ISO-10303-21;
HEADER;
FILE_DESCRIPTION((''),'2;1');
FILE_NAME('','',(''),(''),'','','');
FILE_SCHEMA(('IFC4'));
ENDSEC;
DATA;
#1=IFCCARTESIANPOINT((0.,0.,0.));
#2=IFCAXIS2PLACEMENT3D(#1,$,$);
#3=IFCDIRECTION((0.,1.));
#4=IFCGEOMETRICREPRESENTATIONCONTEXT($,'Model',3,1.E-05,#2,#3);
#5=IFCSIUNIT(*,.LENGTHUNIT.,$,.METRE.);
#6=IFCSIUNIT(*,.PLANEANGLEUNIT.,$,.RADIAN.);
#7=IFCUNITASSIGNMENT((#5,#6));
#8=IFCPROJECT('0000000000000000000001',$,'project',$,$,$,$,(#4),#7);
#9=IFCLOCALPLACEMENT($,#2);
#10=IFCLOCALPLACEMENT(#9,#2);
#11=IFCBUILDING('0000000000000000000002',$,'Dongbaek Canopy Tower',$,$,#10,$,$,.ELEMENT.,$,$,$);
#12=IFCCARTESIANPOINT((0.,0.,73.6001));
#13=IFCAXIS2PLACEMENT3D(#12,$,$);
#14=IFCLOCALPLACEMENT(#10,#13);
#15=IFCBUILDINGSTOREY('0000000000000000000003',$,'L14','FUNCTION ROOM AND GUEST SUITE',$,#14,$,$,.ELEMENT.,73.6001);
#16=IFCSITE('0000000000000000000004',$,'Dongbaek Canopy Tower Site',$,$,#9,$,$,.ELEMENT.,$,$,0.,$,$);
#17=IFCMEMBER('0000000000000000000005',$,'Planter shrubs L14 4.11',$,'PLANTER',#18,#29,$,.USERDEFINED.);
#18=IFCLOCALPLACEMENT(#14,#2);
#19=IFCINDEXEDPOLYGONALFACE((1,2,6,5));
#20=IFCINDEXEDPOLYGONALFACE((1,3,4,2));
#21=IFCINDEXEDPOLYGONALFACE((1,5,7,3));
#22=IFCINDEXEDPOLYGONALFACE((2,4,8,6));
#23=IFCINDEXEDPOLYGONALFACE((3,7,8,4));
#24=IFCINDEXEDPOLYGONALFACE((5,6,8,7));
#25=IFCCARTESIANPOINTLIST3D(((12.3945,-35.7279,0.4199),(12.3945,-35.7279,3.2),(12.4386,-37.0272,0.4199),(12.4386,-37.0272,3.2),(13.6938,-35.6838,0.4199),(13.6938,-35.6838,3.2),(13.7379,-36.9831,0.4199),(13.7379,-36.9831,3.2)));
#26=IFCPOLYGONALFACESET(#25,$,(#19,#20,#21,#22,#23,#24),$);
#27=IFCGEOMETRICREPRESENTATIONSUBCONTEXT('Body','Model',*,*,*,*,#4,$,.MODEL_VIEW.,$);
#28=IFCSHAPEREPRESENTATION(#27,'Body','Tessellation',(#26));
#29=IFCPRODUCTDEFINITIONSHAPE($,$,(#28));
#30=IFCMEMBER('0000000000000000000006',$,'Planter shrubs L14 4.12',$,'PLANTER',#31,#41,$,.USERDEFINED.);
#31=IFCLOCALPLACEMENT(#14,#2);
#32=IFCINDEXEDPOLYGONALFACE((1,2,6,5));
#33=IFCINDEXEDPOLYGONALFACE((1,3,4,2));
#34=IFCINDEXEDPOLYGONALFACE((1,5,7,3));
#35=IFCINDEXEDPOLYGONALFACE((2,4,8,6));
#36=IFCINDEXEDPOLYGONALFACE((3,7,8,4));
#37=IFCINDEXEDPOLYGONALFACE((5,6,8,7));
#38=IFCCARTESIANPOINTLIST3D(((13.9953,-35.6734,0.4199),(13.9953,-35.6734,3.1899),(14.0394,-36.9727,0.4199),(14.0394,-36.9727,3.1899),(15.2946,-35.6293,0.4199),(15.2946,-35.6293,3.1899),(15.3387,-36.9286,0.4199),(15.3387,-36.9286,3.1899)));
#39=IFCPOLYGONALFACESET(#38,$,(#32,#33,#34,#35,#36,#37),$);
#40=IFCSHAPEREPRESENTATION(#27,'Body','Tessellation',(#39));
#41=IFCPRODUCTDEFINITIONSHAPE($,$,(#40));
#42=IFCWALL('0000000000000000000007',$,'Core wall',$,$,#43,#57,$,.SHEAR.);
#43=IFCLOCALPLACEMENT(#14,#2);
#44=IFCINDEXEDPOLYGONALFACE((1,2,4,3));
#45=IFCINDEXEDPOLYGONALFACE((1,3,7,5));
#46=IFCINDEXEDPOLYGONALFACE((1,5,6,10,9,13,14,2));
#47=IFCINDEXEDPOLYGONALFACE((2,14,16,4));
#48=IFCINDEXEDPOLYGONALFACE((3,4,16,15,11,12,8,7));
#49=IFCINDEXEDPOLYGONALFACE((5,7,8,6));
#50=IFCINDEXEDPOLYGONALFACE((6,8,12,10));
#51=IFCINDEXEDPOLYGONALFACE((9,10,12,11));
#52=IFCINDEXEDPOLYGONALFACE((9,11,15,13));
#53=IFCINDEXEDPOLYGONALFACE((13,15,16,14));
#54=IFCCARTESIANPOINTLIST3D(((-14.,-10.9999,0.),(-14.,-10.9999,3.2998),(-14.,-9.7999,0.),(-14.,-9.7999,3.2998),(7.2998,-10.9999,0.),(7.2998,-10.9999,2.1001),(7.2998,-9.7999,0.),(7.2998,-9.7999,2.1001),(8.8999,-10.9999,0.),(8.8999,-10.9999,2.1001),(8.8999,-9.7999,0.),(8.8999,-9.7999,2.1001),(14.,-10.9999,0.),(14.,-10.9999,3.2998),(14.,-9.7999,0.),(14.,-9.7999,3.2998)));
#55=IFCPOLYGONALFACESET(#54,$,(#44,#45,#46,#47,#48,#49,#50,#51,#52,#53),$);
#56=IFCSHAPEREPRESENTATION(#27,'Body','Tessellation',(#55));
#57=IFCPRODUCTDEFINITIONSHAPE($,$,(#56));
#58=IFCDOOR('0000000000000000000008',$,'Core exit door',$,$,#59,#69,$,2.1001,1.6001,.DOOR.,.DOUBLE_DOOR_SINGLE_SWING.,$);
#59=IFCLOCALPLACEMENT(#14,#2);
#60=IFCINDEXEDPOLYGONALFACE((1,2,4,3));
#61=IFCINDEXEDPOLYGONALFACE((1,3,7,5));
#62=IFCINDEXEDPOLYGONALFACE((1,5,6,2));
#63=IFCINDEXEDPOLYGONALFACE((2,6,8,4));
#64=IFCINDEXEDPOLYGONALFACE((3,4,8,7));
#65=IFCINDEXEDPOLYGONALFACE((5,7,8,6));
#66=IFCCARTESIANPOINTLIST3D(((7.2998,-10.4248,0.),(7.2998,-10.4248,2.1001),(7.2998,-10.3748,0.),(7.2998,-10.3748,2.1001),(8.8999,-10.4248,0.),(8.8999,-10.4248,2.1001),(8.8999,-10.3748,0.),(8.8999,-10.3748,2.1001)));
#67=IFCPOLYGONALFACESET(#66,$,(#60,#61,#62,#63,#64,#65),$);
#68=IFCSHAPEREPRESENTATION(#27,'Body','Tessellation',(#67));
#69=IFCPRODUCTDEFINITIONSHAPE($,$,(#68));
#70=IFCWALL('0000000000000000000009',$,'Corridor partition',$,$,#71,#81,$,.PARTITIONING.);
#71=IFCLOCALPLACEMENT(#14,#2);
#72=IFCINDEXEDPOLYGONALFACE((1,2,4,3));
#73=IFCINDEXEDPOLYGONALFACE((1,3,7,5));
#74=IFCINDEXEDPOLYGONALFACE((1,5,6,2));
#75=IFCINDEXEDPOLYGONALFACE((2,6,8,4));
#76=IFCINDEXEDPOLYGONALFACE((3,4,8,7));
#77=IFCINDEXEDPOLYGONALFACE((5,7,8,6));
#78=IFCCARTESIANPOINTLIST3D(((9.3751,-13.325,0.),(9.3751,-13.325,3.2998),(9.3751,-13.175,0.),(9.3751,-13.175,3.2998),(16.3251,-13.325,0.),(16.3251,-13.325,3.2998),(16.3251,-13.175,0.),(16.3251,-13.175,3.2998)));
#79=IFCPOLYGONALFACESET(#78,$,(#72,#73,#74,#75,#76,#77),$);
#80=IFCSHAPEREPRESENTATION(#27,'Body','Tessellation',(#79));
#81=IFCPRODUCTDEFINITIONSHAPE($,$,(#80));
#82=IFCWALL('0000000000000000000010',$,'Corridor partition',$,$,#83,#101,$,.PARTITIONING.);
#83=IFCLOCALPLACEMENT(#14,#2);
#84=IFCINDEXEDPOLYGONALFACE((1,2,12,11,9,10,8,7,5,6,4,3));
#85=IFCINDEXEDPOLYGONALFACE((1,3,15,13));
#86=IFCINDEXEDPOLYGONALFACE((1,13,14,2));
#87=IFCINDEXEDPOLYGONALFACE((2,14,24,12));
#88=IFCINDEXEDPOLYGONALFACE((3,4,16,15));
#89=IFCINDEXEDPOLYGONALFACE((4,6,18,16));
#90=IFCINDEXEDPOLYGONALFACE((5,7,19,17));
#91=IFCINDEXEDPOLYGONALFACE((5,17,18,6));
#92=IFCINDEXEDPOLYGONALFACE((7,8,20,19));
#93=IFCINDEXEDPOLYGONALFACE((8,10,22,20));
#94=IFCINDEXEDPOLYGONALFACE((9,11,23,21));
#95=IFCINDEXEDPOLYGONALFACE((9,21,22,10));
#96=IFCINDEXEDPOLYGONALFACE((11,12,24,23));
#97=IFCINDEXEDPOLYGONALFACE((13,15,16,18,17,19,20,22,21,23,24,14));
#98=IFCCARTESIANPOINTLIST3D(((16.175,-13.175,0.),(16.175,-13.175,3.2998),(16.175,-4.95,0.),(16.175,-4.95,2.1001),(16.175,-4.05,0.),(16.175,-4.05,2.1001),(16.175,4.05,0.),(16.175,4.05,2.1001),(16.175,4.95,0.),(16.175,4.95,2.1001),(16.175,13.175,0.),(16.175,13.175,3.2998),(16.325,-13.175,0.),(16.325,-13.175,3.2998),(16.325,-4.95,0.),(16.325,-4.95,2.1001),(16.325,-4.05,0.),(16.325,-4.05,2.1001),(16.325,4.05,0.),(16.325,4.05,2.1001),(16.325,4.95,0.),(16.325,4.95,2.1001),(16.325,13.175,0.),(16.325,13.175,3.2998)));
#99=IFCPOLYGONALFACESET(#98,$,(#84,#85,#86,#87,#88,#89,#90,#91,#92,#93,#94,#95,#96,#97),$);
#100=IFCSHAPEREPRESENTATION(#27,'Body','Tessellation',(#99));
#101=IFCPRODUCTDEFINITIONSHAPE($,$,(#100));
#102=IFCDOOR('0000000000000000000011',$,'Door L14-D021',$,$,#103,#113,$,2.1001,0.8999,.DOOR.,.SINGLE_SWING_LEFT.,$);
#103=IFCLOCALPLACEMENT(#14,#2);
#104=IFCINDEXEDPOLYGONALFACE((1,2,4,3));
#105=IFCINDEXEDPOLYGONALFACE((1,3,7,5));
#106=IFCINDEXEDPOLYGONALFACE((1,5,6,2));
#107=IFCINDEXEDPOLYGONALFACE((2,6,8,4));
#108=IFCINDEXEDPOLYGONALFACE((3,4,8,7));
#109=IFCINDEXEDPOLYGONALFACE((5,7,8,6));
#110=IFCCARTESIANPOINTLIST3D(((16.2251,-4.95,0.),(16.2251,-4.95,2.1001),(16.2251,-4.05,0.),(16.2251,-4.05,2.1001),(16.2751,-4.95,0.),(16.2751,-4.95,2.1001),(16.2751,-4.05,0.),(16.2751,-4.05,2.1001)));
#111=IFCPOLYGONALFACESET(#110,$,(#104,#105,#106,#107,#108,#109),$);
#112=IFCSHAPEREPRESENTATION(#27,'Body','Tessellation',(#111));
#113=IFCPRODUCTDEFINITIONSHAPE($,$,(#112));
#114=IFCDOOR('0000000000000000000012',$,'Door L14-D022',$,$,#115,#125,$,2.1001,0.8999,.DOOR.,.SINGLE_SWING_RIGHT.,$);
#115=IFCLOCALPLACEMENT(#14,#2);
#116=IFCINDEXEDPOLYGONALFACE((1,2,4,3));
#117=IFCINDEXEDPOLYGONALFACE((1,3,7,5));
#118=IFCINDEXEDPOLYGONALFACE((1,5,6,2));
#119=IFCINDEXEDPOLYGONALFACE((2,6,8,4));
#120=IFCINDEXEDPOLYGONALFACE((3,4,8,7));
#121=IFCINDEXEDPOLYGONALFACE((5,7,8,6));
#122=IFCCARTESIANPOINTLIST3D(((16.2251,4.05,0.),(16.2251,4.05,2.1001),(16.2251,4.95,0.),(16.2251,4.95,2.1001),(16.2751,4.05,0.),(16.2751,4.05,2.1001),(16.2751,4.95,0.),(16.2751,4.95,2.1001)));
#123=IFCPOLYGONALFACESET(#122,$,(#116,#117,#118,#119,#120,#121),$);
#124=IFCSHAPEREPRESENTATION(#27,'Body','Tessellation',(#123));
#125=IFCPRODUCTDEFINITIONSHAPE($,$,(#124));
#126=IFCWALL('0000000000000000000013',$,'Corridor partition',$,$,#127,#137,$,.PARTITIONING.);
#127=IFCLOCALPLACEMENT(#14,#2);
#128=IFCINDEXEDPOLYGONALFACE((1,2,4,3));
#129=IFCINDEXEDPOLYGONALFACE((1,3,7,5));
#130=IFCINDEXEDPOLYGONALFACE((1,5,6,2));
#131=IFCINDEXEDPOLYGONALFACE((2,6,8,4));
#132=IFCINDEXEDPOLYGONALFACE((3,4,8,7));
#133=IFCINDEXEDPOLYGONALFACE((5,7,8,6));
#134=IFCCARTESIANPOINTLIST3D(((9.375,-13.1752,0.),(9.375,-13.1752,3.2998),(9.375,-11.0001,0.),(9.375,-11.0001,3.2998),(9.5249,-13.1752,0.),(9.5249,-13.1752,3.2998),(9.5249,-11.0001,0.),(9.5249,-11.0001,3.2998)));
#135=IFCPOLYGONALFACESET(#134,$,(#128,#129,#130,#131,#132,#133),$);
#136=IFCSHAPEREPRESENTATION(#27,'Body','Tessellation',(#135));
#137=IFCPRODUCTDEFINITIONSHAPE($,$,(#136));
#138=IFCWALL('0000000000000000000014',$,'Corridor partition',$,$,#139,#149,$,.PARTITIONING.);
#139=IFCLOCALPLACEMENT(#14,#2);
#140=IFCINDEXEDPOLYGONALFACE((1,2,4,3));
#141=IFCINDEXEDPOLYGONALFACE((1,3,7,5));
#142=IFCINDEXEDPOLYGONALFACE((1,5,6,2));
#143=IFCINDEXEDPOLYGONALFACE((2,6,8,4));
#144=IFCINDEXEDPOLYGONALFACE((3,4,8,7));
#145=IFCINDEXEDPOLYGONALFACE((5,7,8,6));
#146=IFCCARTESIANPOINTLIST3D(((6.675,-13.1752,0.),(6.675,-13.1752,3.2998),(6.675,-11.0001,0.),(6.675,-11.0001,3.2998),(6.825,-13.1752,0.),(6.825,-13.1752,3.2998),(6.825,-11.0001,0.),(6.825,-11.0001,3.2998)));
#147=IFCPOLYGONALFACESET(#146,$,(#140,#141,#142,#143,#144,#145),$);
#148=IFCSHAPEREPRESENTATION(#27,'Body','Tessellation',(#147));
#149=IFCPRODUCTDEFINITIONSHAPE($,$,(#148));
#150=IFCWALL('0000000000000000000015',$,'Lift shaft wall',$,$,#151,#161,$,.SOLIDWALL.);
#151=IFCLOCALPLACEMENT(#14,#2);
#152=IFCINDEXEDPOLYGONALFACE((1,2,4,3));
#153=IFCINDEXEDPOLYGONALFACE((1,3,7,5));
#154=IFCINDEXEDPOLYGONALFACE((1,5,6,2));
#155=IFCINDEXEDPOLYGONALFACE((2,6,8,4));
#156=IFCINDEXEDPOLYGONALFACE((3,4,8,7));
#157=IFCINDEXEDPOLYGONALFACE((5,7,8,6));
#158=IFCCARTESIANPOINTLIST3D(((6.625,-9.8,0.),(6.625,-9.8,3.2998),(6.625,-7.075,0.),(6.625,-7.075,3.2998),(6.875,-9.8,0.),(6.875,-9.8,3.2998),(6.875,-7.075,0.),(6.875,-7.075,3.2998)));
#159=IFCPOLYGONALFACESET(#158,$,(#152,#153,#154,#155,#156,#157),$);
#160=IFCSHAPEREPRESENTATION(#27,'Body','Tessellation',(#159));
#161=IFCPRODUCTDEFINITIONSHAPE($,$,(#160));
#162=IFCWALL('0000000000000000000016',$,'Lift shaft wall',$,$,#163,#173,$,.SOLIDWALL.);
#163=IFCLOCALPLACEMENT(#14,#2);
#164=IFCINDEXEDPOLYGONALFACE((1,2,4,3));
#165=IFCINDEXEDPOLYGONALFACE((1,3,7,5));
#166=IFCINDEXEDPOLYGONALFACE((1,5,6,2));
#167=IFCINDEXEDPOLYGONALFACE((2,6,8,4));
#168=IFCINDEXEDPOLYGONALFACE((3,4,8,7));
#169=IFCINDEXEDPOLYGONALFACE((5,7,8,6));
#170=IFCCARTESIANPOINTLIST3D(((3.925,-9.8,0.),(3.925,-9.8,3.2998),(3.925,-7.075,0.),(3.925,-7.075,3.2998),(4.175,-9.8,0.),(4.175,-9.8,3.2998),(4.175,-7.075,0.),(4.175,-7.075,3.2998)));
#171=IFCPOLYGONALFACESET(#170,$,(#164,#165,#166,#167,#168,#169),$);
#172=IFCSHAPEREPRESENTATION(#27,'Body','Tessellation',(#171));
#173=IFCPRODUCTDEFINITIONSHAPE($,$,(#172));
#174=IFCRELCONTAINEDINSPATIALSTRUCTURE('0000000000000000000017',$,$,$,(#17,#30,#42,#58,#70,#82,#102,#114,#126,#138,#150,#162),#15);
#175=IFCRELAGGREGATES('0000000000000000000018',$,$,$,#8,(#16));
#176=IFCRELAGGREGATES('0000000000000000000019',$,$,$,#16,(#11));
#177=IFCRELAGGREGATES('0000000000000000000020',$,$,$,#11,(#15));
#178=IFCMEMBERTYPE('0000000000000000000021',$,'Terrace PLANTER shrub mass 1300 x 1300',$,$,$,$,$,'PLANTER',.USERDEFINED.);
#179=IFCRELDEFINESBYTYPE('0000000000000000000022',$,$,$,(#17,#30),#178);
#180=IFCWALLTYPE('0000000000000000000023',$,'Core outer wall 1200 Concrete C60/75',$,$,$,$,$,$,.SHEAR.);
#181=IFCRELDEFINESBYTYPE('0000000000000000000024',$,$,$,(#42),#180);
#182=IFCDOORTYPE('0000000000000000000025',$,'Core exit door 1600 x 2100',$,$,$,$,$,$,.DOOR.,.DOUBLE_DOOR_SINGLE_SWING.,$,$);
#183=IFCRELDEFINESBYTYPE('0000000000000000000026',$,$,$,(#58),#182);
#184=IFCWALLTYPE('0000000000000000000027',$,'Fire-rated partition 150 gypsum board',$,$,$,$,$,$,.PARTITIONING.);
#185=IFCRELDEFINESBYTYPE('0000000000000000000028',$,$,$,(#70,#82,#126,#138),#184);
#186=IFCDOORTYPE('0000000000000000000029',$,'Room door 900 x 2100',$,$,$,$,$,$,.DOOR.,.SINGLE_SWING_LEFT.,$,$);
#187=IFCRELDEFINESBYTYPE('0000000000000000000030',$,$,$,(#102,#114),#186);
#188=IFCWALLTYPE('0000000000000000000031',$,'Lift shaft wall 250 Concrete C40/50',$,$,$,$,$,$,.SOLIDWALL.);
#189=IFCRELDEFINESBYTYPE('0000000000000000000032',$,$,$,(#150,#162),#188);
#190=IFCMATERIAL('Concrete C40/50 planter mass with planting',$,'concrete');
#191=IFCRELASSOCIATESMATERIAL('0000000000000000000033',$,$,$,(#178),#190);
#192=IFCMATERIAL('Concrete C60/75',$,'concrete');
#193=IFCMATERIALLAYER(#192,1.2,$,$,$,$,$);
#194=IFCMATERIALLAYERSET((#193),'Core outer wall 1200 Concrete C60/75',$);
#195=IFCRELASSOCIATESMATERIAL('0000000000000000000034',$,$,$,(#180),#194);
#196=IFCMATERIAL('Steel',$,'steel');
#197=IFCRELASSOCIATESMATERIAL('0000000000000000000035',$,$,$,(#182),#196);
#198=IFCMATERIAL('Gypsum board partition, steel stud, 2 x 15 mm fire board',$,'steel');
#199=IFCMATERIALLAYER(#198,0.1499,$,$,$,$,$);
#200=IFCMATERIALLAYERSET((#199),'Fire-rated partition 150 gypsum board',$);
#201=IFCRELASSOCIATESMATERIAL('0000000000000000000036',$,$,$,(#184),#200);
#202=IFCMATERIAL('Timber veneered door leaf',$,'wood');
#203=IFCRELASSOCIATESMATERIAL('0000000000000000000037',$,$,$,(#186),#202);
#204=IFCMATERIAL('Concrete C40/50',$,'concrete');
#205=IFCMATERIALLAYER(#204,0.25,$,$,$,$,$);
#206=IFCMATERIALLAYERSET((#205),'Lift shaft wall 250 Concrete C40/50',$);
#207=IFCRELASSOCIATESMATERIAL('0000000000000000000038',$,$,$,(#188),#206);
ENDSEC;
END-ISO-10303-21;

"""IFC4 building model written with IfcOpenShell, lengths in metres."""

from ifc_helpers import new_model, si_unit, direction, frame, frame_2d, origin, origin_2d, place, context, subcontext, project, spatial, rectangle, extrude, material, layer, layer_set, material_profile, profile_set, type_object, element, fill, save


model = new_model("IFC4")

# Units and contexts
model_context = context("Model", 3, precision=1e-05, world=origin(), true_north=direction((0.0, 1.0)))
body_context = subcontext(model_context, "Body", "Model", "MODEL_VIEW")
ifc_project = project(units=[si_unit("LENGTHUNIT", "METRE"), si_unit("PLANEANGLEUNIT", "RADIAN")], contexts=[model_context])

# Site, building, storey
site_placement = place(None, origin())
site = spatial("IfcSite", under=ifc_project, at=site_placement, Name="Dongbaek Canopy Tower Site", CompositionType="ELEMENT", RefElevation=0.0)
building_placement = place(site_placement, origin())
building = spatial("IfcBuilding", under=site, at=building_placement, Name="Dongbaek Canopy Tower", CompositionType="ELEMENT")
storey_placement = place(building_placement, frame((0.0, 0.0, 73.6001)))
storey = spatial("IfcBuildingStorey", under=building, at=storey_placement, Name="L14", Description="FUNCTION ROOM AND GUEST SUITE", CompositionType="ELEMENT", Elevation=73.6001)

# Members
ifc_material_1 = material(Name="Concrete C40/50 planter mass with planting", Category="concrete")
ifc_material_profile_1 = material_profile(ifc_material_1, rectangle(XDim=1.3, YDim=1.3, at=origin_2d()), Name="Terrace PLANTER shrub mass 1300 x 1300")
ifc_profile_set_1 = profile_set([ifc_material_profile_1], Name="Concrete C40/50 planter mass with planting")
member_type_1 = type_object("IfcMemberType", Name="Terrace PLANTER shrub mass 1300 x 1300", ElementType="PLANTER", PredefinedType="USERDEFINED", material=ifc_profile_set_1)
member_1_placement = place(storey_placement, frame((13.0662, -36.3555, 0.4199), z_axis=(0.0, 0.0, 1.0), x_axis=(0.033933, -0.999424, 0.0)))
element("IfcMember", 1, at=member_1_placement, inside=storey, type_object=member_type_1, Name="Planter shrubs L14 4.11", ObjectType="PLANTER", PredefinedType="USERDEFINED", context=body_context, shape_type="SweptSolid", body=[
    extrude(rectangle(XDim=1.3, YDim=1.3, at=origin_2d()), origin(), (0.0, 0.0, 1.0), 2.78),
])
member_2_placement = place(storey_placement, frame((14.667, -36.301, 0.4199), z_axis=(0.0, 0.0, 1.0), x_axis=(0.033933, -0.999424, 0.0)))
element("IfcMember", 2, at=member_2_placement, inside=storey, type_object=member_type_1, Name="Planter shrubs L14 4.12", ObjectType="PLANTER", PredefinedType="USERDEFINED", context=body_context, shape_type="SweptSolid", body=[
    extrude(rectangle(XDim=1.3, YDim=1.3, at=origin_2d()), origin(), (0.0, 0.0, 1.0), 2.77),
])

# Wall, opening, door
ifc_material_2 = material(Name="Concrete C60/75", Category="concrete")
ifc_layer_1 = layer(ifc_material_2, 1.2)
ifc_layer_set_1 = layer_set([ifc_layer_1], Name="Core outer wall 1200 Concrete C60/75")
wall_type_1 = type_object("IfcWallType", Name="Core outer wall 1200 Concrete C60/75", PredefinedType="SHEAR", material=ifc_layer_set_1)
wall_1_placement = place(storey_placement, frame((14.0, -10.3999, 0.0), z_axis=(0.0, 0.0, 1.0), x_axis=(-1.0, 0.0, 0.0)))
wall_1 = element("IfcWall", 3, at=wall_1_placement, inside=storey, type_object=wall_type_1, Name="Core wall", PredefinedType="SHEAR", context=body_context, shape_type="SweptSolid", body=[
    extrude(rectangle(XDim=28.0, YDim=1.2, at=frame_2d((14.0, 0.0))), origin(), (0.0, 0.0, 1.0), 3.2998),
])
opening_1_placement = place(wall_1_placement, frame((5.1001, 0.0, 0.0)))
opening_1 = element("IfcOpeningElement", 4, at=opening_1_placement, cuts=wall_1, PredefinedType="OPENING", context=body_context, shape_type="SweptSolid", body=[
    extrude(rectangle(XDim=1.6001, YDim=2.1001, at=frame_2d((0.8, 1.05))), frame((0.0, 0.6099, 0.0), z_axis=(0.0, -1.0, 0.0), x_axis=(1.0, 0.0, 0.0)), (0.0, 0.0, 1.0), 1.22),
])
ifc_material_3 = material(Name="Steel", Category="steel")
door_type_1 = type_object("IfcDoorType", Name="Core exit door 1600 x 2100", OperationType="DOUBLE_DOOR_SINGLE_SWING", PredefinedType="DOOR", material=ifc_material_3)
door_1_placement = place(opening_1_placement, origin())
door_1 = element("IfcDoor", 5, at=door_1_placement, inside=storey, type_object=door_type_1, Name="Core exit door", OperationType="DOUBLE_DOOR_SINGLE_SWING", OverallHeight=2.1001, OverallWidth=1.6001, PredefinedType="DOOR", context=body_context, shape_type="SweptSolid", body=[
    extrude(rectangle(XDim=1.6001, YDim=2.1001, at=frame_2d((0.8, 1.05))), frame((0.0, 0.0249, 0.0), z_axis=(0.0, -1.0, 0.0), x_axis=(1.0, 0.0, 0.0)), (0.0, 0.0, 1.0), 0.05),
])
fill(opening_1, door_1)

# Wall
ifc_material_4 = material(Name="Gypsum board partition, steel stud, 2 x 15 mm fire board", Category="steel")
ifc_layer_2 = layer(ifc_material_4, 0.1499)
ifc_layer_set_2 = layer_set([ifc_layer_2], Name="Fire-rated partition 150 gypsum board")
wall_type_2 = type_object("IfcWallType", Name="Fire-rated partition 150 gypsum board", PredefinedType="PARTITIONING", material=ifc_layer_set_2)
wall_2_placement = place(storey_placement, frame((9.375, -13.25, 0.0), z_axis=(0.0, 0.0, 1.0), x_axis=(1.0, 0.0, 0.0)))
element("IfcWall", 6, at=wall_2_placement, inside=storey, type_object=wall_type_2, Name="Corridor partition", PredefinedType="PARTITIONING", context=body_context, shape_type="SweptSolid", body=[
    extrude(rectangle(XDim=6.95, YDim=0.1499, at=frame_2d((3.4751, 0.0))), origin(), (0.0, 0.0, 1.0), 3.2998),
])

# Wall, openings, doors
wall_3_placement = place(storey_placement, frame((16.25, -13.175, 0.0), z_axis=(0.0, 0.0, 1.0), x_axis=(0.0, 1.0, 0.0)))
wall_3 = element("IfcWall", 7, at=wall_3_placement, inside=storey, type_object=wall_type_2, Name="Corridor partition", PredefinedType="PARTITIONING", context=body_context, shape_type="SweptSolid", body=[
    extrude(rectangle(XDim=26.3501, YDim=0.1499, at=frame_2d((13.175, 0.0))), origin(), (0.0, 0.0, 1.0), 3.2998),
])
opening_2_placement = place(wall_3_placement, frame((8.2251, 0.0, 0.0)))
opening_2 = element("IfcOpeningElement", 8, at=opening_2_placement, cuts=wall_3, PredefinedType="OPENING", context=body_context, shape_type="SweptSolid", body=[
    extrude(rectangle(XDim=0.8999, YDim=2.1001, at=frame_2d((0.45, 1.05))), frame((0.0, 0.085, 0.0), z_axis=(0.0, -1.0, 0.0), x_axis=(1.0, 0.0, 0.0)), (0.0, 0.0, 1.0), 0.1699),
])
opening_3_placement = place(wall_3_placement, frame((17.2251, 0.0, 0.0)))
opening_3 = element("IfcOpeningElement", 9, at=opening_3_placement, cuts=wall_3, PredefinedType="OPENING", context=body_context, shape_type="SweptSolid", body=[
    extrude(rectangle(XDim=0.8999, YDim=2.1001, at=frame_2d((0.45, 1.05))), frame((0.0, 0.085, 0.0), z_axis=(0.0, -1.0, 0.0), x_axis=(1.0, 0.0, 0.0)), (0.0, 0.0, 1.0), 0.1699),
])
ifc_material_5 = material(Name="Timber veneered door leaf", Category="wood")
door_type_2 = type_object("IfcDoorType", Name="Room door 900 x 2100", OperationType="SINGLE_SWING_LEFT", PredefinedType="DOOR", material=ifc_material_5)
door_2_placement = place(opening_2_placement, origin())
door_2 = element("IfcDoor", 10, at=door_2_placement, inside=storey, type_object=door_type_2, Name="Door L14-D021", OperationType="SINGLE_SWING_LEFT", OverallHeight=2.1001, OverallWidth=0.8999, PredefinedType="DOOR", context=body_context, shape_type="SweptSolid", body=[
    extrude(rectangle(XDim=0.8999, YDim=2.1001, at=frame_2d((0.45, 1.05))), frame((0.0, 0.0249, 0.0), z_axis=(0.0, -1.0, 0.0), x_axis=(1.0, 0.0, 0.0)), (0.0, 0.0, 1.0), 0.05),
])
fill(opening_2, door_2)
door_3_placement = place(opening_3_placement, origin())
door_3 = element("IfcDoor", 11, at=door_3_placement, inside=storey, type_object=door_type_2, Name="Door L14-D022", OperationType="SINGLE_SWING_RIGHT", OverallHeight=2.1001, OverallWidth=0.8999, PredefinedType="DOOR", context=body_context, shape_type="SweptSolid", body=[
    extrude(rectangle(XDim=0.8999, YDim=2.1001, at=frame_2d((0.45, 1.05))), frame((0.0, 0.0249, 0.0), z_axis=(0.0, -1.0, 0.0), x_axis=(1.0, 0.0, 0.0)), (0.0, 0.0, 1.0), 0.05),
])
fill(opening_3, door_3)

# Walls
for number, where, z_axis, x_axis, name in (
    (12, (9.45, -13.175, 0.0), (0.0, 0.0, 1.0), (0.0, 1.0, 0.0), "Corridor partition"),
    (13, (6.75, -13.175, 0.0), (0.0, 0.0, 1.0), (0.0, 1.0, 0.0), "Corridor partition"),
):
    element("IfcWall", number, at=place(storey_placement, frame(where, z_axis=z_axis, x_axis=x_axis)), inside=storey, type_object=wall_type_2, Name=name, PredefinedType="PARTITIONING", context=body_context, shape_type="SweptSolid", body=[
        extrude(rectangle(XDim=2.175, YDim=0.1499, at=frame_2d((1.0874, 0.0))), origin(), (0.0, 0.0, 1.0), 3.2998),
    ])
ifc_material_6 = material(Name="Concrete C40/50", Category="concrete")
ifc_layer_3 = layer(ifc_material_6, 0.25)
ifc_layer_set_3 = layer_set([ifc_layer_3], Name="Lift shaft wall 250 Concrete C40/50")
wall_type_3 = type_object("IfcWallType", Name="Lift shaft wall 250 Concrete C40/50", PredefinedType="SOLIDWALL", material=ifc_layer_set_3)
for number, where, z_axis, x_axis, name in (
    (14, (6.75, -9.8, 0.0), (0.0, 0.0, 1.0), (0.0, 1.0, 0.0), "Lift shaft wall"),
    (15, (4.05, -9.8, 0.0), (0.0, 0.0, 1.0), (0.0, 1.0, 0.0), "Lift shaft wall"),
):
    element("IfcWall", number, at=place(storey_placement, frame(where, z_axis=z_axis, x_axis=x_axis)), inside=storey, type_object=wall_type_3, Name=name, PredefinedType="SOLIDWALL", context=body_context, shape_type="SweptSolid", body=[
        extrude(rectangle(XDim=2.7251, YDim=0.25, at=frame_2d((1.3625, 0.0))), origin(), (0.0, 0.0, 1.0), 3.2998),
    ])

save(model, "model.ifc")
